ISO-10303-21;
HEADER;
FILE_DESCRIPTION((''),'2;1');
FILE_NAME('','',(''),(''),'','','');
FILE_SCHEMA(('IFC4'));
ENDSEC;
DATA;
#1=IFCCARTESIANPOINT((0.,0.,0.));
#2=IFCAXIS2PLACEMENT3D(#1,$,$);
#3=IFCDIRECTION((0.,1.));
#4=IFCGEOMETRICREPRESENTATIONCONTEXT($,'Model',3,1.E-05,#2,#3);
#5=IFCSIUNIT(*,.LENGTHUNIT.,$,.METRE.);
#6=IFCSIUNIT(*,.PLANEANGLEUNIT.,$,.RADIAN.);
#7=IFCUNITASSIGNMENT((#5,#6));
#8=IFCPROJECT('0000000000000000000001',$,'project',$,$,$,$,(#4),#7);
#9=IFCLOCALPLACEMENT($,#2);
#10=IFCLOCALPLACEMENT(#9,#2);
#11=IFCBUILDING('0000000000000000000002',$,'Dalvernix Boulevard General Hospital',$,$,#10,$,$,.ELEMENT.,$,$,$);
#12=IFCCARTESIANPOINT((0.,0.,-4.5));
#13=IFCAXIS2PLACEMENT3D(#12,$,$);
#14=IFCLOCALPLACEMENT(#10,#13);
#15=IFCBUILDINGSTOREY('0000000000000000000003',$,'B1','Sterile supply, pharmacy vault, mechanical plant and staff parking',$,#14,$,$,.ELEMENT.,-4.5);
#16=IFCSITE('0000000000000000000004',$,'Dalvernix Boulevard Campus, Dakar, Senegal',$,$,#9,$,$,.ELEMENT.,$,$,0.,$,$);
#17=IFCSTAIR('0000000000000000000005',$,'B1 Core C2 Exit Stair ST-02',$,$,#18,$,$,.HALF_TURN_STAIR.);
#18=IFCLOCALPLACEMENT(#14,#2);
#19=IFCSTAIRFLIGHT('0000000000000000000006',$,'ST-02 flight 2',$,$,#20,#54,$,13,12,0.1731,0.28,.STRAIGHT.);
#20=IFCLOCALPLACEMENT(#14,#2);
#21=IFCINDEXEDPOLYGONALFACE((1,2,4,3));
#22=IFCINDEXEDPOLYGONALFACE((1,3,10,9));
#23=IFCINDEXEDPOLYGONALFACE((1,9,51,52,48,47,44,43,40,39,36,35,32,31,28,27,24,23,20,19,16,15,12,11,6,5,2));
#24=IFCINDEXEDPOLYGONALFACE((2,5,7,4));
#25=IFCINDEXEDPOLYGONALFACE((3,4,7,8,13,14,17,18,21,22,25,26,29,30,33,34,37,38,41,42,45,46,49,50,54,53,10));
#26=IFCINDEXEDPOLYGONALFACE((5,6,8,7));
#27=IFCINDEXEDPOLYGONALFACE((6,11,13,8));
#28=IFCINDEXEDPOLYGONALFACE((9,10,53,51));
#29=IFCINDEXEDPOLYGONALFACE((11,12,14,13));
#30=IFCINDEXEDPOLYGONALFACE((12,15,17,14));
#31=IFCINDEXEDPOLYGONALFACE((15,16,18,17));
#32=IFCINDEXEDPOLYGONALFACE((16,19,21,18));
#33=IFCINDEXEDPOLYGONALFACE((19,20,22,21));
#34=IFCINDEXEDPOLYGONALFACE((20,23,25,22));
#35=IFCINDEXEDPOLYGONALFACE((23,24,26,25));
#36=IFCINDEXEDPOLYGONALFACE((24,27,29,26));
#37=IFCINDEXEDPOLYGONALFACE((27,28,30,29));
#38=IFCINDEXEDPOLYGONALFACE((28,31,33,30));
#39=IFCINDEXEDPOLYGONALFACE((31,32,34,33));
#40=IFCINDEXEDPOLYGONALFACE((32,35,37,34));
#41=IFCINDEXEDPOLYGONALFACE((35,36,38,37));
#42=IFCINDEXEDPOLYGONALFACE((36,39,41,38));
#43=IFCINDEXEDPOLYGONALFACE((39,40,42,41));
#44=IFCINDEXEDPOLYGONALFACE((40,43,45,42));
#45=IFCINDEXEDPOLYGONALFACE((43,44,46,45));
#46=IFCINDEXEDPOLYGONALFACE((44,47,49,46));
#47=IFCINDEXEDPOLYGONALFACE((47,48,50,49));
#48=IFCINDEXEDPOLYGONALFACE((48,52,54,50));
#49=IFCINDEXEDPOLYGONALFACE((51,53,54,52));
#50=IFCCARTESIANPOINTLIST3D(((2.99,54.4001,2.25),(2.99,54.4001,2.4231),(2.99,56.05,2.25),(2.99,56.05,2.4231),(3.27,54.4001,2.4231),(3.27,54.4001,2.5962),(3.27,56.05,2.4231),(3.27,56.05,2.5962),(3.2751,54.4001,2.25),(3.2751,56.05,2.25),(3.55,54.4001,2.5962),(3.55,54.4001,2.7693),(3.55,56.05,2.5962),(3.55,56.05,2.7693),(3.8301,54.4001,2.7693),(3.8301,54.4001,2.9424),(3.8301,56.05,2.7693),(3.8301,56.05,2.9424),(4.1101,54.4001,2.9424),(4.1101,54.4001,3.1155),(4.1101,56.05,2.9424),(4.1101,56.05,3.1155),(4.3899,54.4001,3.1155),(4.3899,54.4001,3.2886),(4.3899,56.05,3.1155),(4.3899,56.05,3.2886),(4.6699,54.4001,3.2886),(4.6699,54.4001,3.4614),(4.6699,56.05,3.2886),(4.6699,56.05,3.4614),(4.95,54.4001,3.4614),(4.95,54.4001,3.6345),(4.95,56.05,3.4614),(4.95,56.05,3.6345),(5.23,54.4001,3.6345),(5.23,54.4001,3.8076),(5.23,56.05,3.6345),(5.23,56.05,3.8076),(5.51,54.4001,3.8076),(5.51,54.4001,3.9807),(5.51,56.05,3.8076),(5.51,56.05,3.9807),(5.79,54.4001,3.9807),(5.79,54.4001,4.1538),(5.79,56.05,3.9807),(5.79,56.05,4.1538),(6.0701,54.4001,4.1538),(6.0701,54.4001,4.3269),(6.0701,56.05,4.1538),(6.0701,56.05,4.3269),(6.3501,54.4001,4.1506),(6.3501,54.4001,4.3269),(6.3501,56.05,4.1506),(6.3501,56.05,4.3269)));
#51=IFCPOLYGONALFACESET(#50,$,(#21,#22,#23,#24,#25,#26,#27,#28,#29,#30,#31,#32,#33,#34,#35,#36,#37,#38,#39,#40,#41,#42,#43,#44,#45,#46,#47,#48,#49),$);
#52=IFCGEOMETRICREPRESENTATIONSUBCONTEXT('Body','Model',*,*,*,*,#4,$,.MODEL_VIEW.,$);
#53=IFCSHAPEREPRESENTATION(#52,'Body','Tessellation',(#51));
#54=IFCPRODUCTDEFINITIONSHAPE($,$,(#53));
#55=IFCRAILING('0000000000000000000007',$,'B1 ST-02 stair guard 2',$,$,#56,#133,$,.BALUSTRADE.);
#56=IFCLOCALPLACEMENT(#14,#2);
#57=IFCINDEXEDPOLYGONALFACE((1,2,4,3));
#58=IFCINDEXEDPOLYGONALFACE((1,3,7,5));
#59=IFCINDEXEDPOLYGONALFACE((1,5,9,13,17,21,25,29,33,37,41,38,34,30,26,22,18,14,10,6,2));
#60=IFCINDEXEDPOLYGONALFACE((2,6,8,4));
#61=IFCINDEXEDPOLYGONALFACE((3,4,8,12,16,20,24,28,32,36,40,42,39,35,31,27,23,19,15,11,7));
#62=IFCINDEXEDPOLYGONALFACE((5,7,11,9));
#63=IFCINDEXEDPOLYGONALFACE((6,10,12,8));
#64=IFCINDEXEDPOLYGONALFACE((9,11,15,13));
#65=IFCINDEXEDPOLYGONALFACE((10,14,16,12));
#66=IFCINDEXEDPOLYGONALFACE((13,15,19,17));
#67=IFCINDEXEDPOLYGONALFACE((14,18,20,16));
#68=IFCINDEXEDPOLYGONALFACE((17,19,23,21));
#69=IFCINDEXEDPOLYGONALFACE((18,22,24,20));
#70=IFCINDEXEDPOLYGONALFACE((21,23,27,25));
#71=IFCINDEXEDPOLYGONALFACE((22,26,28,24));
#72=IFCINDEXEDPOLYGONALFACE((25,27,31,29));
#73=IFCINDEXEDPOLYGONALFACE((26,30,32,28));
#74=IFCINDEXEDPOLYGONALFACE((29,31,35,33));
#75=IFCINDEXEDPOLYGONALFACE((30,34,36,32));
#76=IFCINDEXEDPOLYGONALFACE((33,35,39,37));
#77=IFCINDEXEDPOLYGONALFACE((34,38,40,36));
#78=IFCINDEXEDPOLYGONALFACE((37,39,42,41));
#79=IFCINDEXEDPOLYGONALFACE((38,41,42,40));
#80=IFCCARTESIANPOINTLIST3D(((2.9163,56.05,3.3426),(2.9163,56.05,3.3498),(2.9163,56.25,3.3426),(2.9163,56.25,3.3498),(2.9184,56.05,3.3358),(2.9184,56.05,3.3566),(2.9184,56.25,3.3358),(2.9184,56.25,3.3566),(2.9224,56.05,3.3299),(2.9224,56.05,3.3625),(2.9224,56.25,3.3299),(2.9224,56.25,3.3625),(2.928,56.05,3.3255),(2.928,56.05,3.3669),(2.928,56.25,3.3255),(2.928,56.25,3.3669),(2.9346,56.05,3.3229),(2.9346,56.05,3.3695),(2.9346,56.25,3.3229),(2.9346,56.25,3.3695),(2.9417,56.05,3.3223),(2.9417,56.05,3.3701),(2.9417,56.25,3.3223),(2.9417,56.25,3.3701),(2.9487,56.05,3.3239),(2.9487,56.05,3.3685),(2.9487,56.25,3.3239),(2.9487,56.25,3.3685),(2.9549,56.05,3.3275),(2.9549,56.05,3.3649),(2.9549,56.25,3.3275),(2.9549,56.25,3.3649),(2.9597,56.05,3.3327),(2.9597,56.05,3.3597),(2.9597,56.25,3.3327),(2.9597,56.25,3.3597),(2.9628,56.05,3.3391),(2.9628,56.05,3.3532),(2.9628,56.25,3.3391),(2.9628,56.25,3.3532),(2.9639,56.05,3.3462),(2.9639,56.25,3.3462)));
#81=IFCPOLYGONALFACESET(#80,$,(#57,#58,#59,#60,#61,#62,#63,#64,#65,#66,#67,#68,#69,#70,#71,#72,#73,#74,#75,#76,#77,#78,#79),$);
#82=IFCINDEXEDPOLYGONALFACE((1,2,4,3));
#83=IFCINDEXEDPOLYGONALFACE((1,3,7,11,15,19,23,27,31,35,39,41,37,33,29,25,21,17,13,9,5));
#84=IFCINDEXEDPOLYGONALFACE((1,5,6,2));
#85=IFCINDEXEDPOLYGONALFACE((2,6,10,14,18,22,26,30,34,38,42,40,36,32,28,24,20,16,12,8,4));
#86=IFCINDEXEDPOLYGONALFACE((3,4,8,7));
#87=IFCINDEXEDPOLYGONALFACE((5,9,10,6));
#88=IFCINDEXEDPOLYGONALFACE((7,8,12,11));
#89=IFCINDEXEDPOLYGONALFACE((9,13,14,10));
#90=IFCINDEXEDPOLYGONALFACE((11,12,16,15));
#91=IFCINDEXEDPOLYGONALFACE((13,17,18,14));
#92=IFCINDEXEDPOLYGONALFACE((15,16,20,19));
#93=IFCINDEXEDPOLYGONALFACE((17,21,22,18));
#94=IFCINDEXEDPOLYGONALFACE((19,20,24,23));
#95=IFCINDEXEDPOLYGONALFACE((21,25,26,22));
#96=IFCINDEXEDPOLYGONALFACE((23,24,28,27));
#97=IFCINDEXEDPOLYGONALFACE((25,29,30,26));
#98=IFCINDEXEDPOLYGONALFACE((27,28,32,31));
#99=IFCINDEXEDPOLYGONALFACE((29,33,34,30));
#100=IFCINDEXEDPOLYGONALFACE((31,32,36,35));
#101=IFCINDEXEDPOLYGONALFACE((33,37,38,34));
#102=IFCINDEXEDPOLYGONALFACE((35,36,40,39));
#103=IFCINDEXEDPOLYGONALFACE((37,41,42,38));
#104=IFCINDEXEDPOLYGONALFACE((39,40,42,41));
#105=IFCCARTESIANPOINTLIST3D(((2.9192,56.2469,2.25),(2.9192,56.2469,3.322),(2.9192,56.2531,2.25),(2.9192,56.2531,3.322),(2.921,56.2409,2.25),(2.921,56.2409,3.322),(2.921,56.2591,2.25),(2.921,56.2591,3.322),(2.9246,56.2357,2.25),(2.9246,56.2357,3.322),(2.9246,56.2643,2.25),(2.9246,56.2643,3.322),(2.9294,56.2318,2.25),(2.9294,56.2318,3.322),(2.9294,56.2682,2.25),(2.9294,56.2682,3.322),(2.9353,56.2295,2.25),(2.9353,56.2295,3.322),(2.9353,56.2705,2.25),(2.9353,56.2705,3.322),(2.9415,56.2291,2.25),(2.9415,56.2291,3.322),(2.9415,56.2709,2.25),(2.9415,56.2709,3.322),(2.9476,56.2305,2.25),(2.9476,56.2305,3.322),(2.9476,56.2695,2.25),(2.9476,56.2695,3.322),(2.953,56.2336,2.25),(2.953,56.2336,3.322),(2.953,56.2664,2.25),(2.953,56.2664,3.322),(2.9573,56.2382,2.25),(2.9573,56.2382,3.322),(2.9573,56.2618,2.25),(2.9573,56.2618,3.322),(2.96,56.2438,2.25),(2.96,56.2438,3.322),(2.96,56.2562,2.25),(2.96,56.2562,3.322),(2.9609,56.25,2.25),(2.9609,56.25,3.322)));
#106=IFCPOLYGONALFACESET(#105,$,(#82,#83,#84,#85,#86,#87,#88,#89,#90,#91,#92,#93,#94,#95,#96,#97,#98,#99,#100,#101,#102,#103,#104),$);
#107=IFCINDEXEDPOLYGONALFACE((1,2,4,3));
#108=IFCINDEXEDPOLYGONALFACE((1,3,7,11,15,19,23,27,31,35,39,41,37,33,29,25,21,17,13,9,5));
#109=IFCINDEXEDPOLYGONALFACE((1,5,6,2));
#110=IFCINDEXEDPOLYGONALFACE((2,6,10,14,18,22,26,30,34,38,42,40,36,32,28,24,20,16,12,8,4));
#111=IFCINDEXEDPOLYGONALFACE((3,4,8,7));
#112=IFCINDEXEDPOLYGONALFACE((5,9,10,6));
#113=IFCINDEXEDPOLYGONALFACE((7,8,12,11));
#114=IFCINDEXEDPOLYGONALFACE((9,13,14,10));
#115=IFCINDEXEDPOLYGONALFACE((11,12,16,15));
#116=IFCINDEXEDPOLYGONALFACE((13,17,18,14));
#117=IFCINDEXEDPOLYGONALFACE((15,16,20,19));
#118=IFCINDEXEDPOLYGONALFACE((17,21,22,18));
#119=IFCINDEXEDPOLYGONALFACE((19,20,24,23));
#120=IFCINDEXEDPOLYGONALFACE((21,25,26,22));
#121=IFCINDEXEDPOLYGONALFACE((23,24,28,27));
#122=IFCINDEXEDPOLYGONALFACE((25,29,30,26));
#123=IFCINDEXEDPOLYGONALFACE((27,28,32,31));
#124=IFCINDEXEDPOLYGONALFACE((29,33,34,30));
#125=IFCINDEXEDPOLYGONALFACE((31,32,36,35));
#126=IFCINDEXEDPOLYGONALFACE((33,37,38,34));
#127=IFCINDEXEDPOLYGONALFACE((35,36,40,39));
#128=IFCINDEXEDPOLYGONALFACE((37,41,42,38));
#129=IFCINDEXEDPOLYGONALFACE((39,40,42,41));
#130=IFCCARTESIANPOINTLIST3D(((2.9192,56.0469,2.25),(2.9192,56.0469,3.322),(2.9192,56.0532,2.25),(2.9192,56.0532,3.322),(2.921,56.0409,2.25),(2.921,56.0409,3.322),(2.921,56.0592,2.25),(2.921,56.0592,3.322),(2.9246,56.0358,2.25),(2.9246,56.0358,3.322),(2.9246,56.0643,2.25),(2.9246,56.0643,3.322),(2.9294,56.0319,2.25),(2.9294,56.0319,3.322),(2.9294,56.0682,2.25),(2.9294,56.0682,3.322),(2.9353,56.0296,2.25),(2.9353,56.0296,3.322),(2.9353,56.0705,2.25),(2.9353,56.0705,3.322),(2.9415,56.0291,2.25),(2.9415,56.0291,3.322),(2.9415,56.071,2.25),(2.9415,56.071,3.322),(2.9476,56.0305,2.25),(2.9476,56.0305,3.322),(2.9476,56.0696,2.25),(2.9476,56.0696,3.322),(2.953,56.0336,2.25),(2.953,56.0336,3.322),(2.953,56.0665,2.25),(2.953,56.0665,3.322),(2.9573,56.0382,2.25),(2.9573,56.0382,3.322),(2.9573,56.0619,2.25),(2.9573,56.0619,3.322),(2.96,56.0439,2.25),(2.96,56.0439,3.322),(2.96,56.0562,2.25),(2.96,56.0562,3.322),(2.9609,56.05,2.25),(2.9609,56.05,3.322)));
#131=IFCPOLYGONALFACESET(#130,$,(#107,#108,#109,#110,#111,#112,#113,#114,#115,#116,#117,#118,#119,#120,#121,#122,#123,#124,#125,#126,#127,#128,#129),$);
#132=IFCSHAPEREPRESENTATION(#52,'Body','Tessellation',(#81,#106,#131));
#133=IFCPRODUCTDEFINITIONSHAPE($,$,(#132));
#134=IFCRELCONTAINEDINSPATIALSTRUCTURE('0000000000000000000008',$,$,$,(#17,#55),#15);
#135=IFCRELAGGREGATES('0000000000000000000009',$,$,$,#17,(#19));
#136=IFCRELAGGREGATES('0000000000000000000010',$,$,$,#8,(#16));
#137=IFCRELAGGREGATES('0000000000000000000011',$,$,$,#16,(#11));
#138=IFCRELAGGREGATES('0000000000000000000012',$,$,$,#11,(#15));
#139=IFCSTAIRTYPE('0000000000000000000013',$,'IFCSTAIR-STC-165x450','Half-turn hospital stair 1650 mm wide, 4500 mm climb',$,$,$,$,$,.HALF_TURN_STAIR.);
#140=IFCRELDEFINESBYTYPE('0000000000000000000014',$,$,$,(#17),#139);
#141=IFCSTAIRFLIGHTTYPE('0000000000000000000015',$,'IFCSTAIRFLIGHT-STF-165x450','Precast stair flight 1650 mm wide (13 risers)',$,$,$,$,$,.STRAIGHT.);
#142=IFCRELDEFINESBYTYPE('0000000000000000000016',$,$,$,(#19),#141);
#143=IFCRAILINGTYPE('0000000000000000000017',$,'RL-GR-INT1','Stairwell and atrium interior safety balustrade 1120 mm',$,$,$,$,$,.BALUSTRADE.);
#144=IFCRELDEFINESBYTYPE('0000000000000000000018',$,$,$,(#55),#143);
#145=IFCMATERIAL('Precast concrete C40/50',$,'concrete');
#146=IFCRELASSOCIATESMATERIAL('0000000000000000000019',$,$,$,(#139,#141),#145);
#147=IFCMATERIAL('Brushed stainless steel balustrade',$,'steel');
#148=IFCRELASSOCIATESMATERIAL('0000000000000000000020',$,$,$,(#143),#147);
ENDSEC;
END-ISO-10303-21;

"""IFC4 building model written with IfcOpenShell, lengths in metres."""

from ifc_helpers import new_model, si_unit, direction, frame, origin, origin_2d, place, context, subcontext, project, spatial, polyline, circle, outline, extrude, material, type_object, element, aggregate, save


model = new_model("IFC4")

# Units and contexts
model_context = context("Model", 3, precision=1e-05, world=origin(), true_north=direction((0.0, 1.0)))
body_context = subcontext(model_context, "Body", "Model", "MODEL_VIEW")
ifc_project = project(units=[si_unit("LENGTHUNIT", "METRE"), si_unit("PLANEANGLEUNIT", "RADIAN")], contexts=[model_context])

# Site, building, storey
site_placement = place(None, origin())
site = spatial("IfcSite", under=ifc_project, at=site_placement, Name="Dalvernix Boulevard Campus, Dakar, Senegal", CompositionType="ELEMENT", RefElevation=0.0)
building_placement = place(site_placement, origin())
building = spatial("IfcBuilding", under=site, at=building_placement, Name="Dalvernix Boulevard General Hospital", CompositionType="ELEMENT")
storey_placement = place(building_placement, frame((0.0, 0.0, -4.5)))
storey = spatial("IfcBuildingStorey", under=building, at=storey_placement, Name="B1", Description="Sterile supply, pharmacy vault, mechanical plant and staff parking", CompositionType="ELEMENT", Elevation=-4.5)

# Stair, stair flight
ifc_material_1 = material(Name="Precast concrete C40/50", Category="concrete")
stair_type = type_object("IfcStairType", Name="IFCSTAIR-STC-165x450", Description="Half-turn hospital stair 1650 mm wide, 4500 mm climb", PredefinedType="HALF_TURN_STAIR", material=ifc_material_1)
stair_placement = place(storey_placement, origin())
stair = element("IfcStair", 1, at=stair_placement, inside=storey, type_object=stair_type, Name="B1 Core C2 Exit Stair ST-02", PredefinedType="HALF_TURN_STAIR")
stair_flight_type = type_object("IfcStairFlightType", Name="IFCSTAIRFLIGHT-STF-165x450", Description="Precast stair flight 1650 mm wide (13 risers)", PredefinedType="STRAIGHT", material=ifc_material_1)
stair_flight_placement = place(storey_placement, frame((2.99, 55.2251, 2.25), z_axis=(0.0, 0.0, 1.0), x_axis=(1.0, 0.0, 0.0)))
stair_flight = element("IfcStairFlight", 2, at=stair_flight_placement, type_object=stair_flight_type, Name="ST-02 flight 2", NumberOfRisers=13, NumberOfTreads=12, PredefinedType="STRAIGHT", RiserHeight=0.1731, TreadLength=0.28, context=body_context, shape_type="SweptSolid", body=[
    extrude(outline(polyline([(0.0, 0.0), (0.0, 0.1731), (0.28, 0.1731), (0.28, 0.3462), (0.5601, 0.3462), (0.5601, 0.5193), (0.8401, 0.5193), (0.8401, 0.6924), (1.1201, 0.6924), (1.1201, 0.8655), (1.3999, 0.8655), (1.3999, 1.0386), (1.6799, 1.0386), (1.6799, 1.2114), (1.96, 1.2114), (1.96, 1.3845), (2.24, 1.3845), (2.24, 1.5576), (2.52, 1.5576), (2.52, 1.7307), (2.8, 1.7307), (2.8, 1.9038), (3.0801, 1.9038), (3.0801, 2.0769), (3.3601, 2.0769), (3.3601, 2.25), (3.3601, 1.9006), (0.2852, 0.0), (0.0, 0.0)])), frame((0.0, 0.825, 0.0), z_axis=(0.0, -1.0, 0.0), x_axis=(1.0, 0.0, 0.0)), (0.0, 0.0, 1.0), 1.6499),
])
aggregate(stair, [stair_flight])

# Railing
ifc_material_2 = material(Name="Brushed stainless steel balustrade", Category="steel")
railing_type_1 = type_object("IfcRailingType", Name="RL-GR-INT1", Description="Stairwell and atrium interior safety balustrade 1120 mm", PredefinedType="BALUSTRADE", material=ifc_material_2)
railing_1_placement = place(storey_placement, frame((2.9399, 56.25, 2.25)))
element("IfcRailing", 3, at=railing_1_placement, inside=storey, type_object=railing_type_1, Name="B1 ST-02 stair guard 2", PredefinedType="BALUSTRADE", context=body_context, shape_type="SweptSolid", body=[
    extrude(circle(Radius=0.0239, at=origin_2d()), frame((0.0, 0.0, 1.0962), z_axis=(0.0, -1.0, 0.0), x_axis=(1.0, 0.0, 0.0)), (0.0, 0.0, 1.0), 0.2),
    extrude(circle(Radius=0.021, at=origin_2d()), origin(), (0.0, 0.0, 1.0), 1.072),
    extrude(circle(Radius=0.021, at=origin_2d()), frame((0.0, -0.2, 0.0)), (0.0, 0.0, 1.0), 1.072),
])

save(model, "model.ifc")
